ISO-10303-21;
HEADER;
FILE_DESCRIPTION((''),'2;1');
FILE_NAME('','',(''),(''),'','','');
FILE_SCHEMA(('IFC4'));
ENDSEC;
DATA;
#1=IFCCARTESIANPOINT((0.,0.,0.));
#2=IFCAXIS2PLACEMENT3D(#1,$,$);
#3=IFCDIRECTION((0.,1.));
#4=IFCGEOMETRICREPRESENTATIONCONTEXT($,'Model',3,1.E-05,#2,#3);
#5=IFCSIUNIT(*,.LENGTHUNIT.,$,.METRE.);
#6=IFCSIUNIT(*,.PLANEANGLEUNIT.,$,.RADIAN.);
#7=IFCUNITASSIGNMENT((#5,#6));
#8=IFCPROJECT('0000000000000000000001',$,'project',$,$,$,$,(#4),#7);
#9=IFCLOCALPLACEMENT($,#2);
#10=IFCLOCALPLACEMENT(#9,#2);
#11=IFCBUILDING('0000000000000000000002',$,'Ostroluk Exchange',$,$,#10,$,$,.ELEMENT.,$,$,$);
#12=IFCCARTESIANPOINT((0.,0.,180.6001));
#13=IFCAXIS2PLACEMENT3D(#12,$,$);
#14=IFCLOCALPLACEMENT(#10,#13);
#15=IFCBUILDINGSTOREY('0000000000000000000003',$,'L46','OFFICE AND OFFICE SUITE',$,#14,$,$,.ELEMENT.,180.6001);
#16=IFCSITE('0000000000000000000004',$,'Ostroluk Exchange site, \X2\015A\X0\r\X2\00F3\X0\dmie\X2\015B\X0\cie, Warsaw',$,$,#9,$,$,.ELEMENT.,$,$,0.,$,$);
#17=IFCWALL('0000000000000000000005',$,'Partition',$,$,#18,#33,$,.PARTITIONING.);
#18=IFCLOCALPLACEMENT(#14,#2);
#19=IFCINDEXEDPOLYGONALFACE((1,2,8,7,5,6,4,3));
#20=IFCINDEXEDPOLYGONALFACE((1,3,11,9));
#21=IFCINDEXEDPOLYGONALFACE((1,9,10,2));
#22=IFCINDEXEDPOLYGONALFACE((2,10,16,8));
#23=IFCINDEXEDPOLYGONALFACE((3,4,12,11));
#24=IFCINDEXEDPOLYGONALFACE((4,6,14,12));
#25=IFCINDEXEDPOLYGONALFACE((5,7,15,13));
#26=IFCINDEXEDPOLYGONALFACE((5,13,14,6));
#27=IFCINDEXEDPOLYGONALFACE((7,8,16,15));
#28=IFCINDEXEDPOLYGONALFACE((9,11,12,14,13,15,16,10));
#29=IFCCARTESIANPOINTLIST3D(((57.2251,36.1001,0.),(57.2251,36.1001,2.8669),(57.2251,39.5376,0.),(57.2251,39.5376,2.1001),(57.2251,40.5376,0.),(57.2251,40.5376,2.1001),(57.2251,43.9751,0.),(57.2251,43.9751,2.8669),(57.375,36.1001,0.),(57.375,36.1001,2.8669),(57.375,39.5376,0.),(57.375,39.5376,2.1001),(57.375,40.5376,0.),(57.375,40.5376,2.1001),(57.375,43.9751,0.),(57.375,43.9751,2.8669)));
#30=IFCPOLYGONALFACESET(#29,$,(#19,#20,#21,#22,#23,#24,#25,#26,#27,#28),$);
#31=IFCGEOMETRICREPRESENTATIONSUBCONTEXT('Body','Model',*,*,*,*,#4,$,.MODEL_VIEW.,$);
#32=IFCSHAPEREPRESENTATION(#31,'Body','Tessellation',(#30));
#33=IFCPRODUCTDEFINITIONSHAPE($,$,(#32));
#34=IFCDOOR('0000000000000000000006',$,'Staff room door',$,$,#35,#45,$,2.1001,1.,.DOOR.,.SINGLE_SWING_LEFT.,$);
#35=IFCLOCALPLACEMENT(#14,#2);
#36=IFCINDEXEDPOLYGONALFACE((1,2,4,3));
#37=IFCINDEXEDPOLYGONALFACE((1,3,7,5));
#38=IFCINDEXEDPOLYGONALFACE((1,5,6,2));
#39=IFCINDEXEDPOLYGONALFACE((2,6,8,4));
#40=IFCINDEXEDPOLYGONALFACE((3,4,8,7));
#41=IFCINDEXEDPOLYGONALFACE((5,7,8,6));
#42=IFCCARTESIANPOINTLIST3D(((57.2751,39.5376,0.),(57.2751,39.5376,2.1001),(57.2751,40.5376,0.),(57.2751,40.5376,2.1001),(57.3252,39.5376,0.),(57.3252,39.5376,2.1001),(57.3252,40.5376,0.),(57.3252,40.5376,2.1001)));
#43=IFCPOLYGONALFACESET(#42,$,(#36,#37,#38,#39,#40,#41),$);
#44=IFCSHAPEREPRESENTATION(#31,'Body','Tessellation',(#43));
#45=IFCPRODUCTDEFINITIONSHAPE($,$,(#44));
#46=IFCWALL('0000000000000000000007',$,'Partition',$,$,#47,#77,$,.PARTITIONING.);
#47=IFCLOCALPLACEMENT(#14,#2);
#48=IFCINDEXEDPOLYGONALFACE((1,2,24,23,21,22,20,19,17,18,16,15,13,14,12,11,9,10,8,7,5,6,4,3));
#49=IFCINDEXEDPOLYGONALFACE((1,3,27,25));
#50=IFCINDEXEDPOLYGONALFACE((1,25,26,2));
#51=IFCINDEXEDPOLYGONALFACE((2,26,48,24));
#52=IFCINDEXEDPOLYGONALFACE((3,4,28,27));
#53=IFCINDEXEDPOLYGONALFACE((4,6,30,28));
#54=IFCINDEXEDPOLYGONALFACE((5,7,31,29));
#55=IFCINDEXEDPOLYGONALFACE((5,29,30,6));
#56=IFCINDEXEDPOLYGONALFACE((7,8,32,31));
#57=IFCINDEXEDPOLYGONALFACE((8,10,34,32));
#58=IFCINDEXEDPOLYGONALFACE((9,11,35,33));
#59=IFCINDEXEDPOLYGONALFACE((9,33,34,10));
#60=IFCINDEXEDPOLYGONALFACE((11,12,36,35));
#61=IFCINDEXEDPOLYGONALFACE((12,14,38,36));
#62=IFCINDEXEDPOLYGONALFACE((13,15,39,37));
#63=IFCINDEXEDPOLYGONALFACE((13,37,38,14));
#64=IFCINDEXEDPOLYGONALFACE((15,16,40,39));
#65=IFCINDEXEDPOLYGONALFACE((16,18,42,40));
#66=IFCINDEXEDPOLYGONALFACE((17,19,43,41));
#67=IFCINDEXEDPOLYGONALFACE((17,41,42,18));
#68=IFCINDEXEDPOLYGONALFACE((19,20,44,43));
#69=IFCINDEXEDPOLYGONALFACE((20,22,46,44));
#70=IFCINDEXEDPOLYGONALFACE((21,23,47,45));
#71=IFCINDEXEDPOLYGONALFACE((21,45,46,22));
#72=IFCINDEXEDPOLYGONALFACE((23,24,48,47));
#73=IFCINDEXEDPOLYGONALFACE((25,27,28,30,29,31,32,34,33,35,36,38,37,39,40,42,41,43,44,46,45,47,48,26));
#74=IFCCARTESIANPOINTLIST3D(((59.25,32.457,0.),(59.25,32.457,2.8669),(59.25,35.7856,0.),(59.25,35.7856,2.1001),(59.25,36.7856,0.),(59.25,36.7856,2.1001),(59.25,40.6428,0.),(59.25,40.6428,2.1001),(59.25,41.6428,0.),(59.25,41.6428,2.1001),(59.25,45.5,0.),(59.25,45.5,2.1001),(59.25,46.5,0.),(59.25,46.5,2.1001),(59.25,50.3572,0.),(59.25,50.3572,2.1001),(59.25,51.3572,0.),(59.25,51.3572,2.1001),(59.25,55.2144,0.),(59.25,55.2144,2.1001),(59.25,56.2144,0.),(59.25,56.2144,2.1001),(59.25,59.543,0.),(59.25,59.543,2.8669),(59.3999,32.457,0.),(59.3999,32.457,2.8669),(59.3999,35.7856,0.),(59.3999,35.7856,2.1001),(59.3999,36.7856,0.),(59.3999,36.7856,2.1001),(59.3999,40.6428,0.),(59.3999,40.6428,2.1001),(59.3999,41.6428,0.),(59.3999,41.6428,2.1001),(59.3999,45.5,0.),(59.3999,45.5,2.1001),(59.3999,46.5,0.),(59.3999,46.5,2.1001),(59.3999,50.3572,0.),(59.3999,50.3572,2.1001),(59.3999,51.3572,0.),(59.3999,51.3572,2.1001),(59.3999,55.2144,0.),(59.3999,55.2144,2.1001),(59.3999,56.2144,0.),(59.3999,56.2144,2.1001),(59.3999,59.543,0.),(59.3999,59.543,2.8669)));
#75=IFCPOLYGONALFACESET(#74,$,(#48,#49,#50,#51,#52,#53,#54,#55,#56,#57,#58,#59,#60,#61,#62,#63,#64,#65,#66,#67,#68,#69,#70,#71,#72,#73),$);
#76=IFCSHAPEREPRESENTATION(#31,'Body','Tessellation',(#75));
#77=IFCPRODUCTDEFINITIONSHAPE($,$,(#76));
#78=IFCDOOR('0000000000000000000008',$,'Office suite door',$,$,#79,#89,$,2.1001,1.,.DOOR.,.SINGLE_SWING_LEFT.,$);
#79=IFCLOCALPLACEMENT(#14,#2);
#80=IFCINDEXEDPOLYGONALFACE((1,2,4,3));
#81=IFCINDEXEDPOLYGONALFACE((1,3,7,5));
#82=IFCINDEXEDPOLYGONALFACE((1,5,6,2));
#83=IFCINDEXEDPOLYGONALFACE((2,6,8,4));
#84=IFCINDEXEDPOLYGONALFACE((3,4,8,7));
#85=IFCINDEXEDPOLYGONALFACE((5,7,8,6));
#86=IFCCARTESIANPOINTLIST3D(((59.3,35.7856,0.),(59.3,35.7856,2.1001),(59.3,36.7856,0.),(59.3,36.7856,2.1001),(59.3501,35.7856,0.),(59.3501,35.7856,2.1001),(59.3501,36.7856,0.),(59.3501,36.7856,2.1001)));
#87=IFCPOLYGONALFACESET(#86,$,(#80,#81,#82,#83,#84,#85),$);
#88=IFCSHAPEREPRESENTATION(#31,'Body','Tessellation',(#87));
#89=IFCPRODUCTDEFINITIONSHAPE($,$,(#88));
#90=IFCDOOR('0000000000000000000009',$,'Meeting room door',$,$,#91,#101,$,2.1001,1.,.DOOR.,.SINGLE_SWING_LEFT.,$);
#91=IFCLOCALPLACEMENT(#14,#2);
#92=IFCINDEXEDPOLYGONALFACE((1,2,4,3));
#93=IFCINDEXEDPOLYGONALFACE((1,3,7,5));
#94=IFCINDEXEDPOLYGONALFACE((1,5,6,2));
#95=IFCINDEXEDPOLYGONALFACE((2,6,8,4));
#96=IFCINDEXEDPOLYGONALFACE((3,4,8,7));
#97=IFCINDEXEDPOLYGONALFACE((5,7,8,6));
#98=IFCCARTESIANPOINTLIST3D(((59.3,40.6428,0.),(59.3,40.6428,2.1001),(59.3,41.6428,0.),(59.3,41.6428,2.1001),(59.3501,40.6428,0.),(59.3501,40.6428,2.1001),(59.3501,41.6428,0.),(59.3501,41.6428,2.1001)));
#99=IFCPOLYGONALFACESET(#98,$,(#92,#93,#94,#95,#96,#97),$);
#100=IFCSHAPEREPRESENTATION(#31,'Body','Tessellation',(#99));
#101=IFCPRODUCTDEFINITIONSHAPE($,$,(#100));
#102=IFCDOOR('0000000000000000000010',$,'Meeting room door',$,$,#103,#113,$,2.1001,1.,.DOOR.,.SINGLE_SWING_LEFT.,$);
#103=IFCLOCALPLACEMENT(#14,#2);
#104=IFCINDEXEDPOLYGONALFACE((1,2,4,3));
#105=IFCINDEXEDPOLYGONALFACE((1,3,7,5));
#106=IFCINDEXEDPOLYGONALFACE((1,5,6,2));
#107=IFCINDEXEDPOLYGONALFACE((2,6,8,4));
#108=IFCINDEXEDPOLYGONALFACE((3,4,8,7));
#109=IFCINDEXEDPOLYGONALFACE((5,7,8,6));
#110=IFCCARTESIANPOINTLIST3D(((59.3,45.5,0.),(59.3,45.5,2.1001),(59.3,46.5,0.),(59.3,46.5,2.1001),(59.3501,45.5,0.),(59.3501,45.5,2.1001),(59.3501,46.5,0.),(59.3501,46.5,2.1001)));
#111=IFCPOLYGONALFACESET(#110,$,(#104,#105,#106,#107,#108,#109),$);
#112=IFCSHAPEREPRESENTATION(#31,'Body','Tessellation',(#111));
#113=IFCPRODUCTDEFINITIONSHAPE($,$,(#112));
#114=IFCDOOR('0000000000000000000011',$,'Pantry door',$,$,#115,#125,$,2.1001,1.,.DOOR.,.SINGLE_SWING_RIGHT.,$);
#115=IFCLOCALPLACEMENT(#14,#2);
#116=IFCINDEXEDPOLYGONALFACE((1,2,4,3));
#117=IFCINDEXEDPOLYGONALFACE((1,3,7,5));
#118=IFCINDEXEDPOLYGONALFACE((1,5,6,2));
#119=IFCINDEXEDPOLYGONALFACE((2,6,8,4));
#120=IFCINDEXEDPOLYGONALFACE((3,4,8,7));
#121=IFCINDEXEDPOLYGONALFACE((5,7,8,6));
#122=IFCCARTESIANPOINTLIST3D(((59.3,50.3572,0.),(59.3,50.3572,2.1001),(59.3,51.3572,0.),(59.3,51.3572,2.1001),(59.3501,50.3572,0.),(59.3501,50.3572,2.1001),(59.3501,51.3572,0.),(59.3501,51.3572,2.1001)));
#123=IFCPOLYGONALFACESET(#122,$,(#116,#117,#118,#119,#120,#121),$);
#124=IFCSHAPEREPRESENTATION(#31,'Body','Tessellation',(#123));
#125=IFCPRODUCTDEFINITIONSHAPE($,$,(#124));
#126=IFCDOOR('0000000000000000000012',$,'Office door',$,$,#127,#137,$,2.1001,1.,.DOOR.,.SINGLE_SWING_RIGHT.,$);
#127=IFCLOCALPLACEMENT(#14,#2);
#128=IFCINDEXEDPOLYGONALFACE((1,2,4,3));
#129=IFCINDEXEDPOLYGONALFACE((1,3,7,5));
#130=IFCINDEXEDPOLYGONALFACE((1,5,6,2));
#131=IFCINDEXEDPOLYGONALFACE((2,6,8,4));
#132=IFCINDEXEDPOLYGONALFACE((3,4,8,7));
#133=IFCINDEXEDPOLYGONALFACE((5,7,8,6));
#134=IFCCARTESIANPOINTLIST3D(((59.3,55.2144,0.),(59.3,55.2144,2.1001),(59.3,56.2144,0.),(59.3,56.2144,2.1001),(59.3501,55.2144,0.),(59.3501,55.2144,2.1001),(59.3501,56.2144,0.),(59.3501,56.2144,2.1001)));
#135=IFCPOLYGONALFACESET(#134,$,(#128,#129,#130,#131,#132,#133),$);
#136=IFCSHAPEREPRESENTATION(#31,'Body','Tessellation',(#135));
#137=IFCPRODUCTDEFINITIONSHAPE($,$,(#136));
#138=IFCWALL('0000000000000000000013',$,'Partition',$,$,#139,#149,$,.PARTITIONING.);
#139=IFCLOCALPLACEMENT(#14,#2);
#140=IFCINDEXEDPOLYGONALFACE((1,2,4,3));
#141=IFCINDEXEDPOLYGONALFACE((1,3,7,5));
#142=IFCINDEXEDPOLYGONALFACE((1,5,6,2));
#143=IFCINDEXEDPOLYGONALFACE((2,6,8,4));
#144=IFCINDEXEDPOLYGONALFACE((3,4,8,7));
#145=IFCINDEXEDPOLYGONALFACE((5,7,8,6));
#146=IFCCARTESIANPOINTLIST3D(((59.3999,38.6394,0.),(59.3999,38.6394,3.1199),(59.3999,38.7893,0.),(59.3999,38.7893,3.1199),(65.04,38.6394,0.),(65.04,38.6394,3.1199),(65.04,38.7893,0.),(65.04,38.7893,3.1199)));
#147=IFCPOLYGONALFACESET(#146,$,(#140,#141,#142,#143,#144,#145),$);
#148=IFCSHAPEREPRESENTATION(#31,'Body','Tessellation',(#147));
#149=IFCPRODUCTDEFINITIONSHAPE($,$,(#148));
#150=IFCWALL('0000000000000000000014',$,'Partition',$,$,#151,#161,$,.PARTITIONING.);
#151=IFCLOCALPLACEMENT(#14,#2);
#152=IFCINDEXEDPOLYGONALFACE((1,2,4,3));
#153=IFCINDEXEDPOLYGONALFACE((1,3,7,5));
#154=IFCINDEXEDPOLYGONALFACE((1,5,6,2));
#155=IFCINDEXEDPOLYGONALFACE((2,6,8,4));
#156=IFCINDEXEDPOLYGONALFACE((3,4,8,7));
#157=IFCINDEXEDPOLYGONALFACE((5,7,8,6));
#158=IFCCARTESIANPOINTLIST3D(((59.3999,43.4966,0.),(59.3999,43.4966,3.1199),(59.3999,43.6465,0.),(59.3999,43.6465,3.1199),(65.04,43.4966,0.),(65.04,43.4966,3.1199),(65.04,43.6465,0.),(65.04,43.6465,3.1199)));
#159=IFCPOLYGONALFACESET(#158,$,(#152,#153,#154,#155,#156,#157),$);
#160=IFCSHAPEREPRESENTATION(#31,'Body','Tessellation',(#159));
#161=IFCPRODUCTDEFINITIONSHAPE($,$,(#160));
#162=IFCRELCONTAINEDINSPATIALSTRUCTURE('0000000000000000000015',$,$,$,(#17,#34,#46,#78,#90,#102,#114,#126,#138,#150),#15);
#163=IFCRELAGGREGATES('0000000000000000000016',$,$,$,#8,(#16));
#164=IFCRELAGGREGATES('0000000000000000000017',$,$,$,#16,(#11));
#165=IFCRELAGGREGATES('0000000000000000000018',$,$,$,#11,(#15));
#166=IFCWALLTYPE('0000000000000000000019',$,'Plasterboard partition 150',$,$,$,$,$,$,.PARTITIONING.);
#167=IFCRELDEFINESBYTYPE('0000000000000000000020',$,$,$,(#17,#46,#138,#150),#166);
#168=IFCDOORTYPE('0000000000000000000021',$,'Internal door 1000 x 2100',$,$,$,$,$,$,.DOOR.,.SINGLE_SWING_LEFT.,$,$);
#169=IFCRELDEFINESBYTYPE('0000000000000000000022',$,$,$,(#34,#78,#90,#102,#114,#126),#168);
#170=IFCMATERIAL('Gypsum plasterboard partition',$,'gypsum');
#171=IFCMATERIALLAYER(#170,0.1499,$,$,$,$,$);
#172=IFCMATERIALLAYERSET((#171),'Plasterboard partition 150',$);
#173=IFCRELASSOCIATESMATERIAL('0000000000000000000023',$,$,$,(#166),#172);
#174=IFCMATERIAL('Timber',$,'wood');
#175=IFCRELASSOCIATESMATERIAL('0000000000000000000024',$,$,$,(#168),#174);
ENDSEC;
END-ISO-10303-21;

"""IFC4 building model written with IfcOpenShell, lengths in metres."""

from ifc_helpers import new_model, si_unit, direction, frame, frame_2d, origin, place, context, subcontext, project, spatial, rectangle, extrude, material, layer, layer_set, type_object, element, fill, save


model = new_model("IFC4")

# Units and contexts
model_context = context("Model", 3, precision=1e-05, world=origin(), true_north=direction((0.0, 1.0)))
body_context = subcontext(model_context, "Body", "Model", "MODEL_VIEW")
ifc_project = project(units=[si_unit("LENGTHUNIT", "METRE"), si_unit("PLANEANGLEUNIT", "RADIAN")], contexts=[model_context])

# Site, building, storey
site_placement = place(None, origin())
site = spatial("IfcSite", under=ifc_project, at=site_placement, Name="Ostroluk Exchange site, Śródmieście, Warsaw", CompositionType="ELEMENT", RefElevation=0.0)
building_placement = place(site_placement, origin())
building = spatial("IfcBuilding", under=site, at=building_placement, Name="Ostroluk Exchange", CompositionType="ELEMENT")
storey_placement = place(building_placement, frame((0.0, 0.0, 180.6001)))
storey = spatial("IfcBuildingStorey", under=building, at=storey_placement, Name="L46", Description="OFFICE AND OFFICE SUITE", CompositionType="ELEMENT", Elevation=180.6001)

# Wall, opening, door
ifc_material_1 = material(Name="Gypsum plasterboard partition", Category="gypsum")
ifc_layer_1 = layer(ifc_material_1, 0.1499)
ifc_layer_set_1 = layer_set([ifc_layer_1], Name="Plasterboard partition 150")
wall_type = type_object("IfcWallType", Name="Plasterboard partition 150", PredefinedType="PARTITIONING", material=ifc_layer_set_1)
wall_1_placement = place(storey_placement, frame((57.3, 36.1001, 0.0), z_axis=(0.0, 0.0, 1.0), x_axis=(0.0, 1.0, 0.0)))
wall_1 = element("IfcWall", 1, at=wall_1_placement, inside=storey, type_object=wall_type, Name="Partition", PredefinedType="PARTITIONING", context=body_context, shape_type="SweptSolid", body=[
    extrude(rectangle(XDim=7.875, YDim=0.1499, at=frame_2d((3.9375, 0.0))), origin(), (0.0, 0.0, 1.0), 2.8669),
])
opening_1_placement = place(wall_1_placement, frame((3.4375, 0.0, 0.0)))
opening_1 = element("IfcOpeningElement", 2, at=opening_1_placement, cuts=wall_1, PredefinedType="OPENING", context=body_context, shape_type="SweptSolid", body=[
    extrude(rectangle(XDim=1.0, YDim=2.1001, at=frame_2d((0.5, 1.05))), frame((0.0, 0.085, 0.0), z_axis=(0.0, -1.0, 0.0), x_axis=(1.0, 0.0, 0.0)), (0.0, 0.0, 1.0), 0.1699),
])
ifc_material_2 = material(Name="Timber", Category="wood")
door_type = type_object("IfcDoorType", Name="Internal door 1000 x 2100", OperationType="SINGLE_SWING_LEFT", PredefinedType="DOOR", material=ifc_material_2)
door_1_placement = place(opening_1_placement, origin())
door_1 = element("IfcDoor", 3, at=door_1_placement, inside=storey, type_object=door_type, Name="Staff room door", OperationType="SINGLE_SWING_LEFT", OverallHeight=2.1001, OverallWidth=1.0, PredefinedType="DOOR", context=body_context, shape_type="SweptSolid", body=[
    extrude(rectangle(XDim=1.0, YDim=2.1001, at=frame_2d((0.5, 1.05))), frame((0.0, 0.0249, 0.0), z_axis=(0.0, -1.0, 0.0), x_axis=(1.0, 0.0, 0.0)), (0.0, 0.0, 1.0), 0.05),
])
fill(opening_1, door_1)

# Wall, openings, doors
wall_2_placement = place(storey_placement, frame((59.325, 32.457, 0.0), z_axis=(0.0, 0.0, 1.0), x_axis=(0.0, 1.0, 0.0)))
wall_2 = element("IfcWall", 4, at=wall_2_placement, inside=storey, type_object=wall_type, Name="Partition", PredefinedType="PARTITIONING", context=body_context, shape_type="SweptSolid", body=[
    extrude(rectangle(XDim=27.0859, YDim=0.1499, at=frame_2d((13.543, 0.0))), origin(), (0.0, 0.0, 1.0), 2.8669),
])
opening_2_placement = place(wall_2_placement, frame((3.3286, 0.0, 0.0)))
opening_2 = element("IfcOpeningElement", 5, at=opening_2_placement, cuts=wall_2, PredefinedType="OPENING", context=body_context, shape_type="SweptSolid", body=[
    extrude(rectangle(XDim=1.0, YDim=2.1001, at=frame_2d((0.5, 1.05))), frame((0.0, 0.085, 0.0), z_axis=(0.0, -1.0, 0.0), x_axis=(1.0, 0.0, 0.0)), (0.0, 0.0, 1.0), 0.1699),
])
opening_3_placement = place(wall_2_placement, frame((8.1858, 0.0, 0.0)))
opening_3 = element("IfcOpeningElement", 6, at=opening_3_placement, cuts=wall_2, PredefinedType="OPENING", context=body_context, shape_type="SweptSolid", body=[
    extrude(rectangle(XDim=1.0, YDim=2.1001, at=frame_2d((0.5, 1.05))), frame((0.0, 0.085, 0.0), z_axis=(0.0, -1.0, 0.0), x_axis=(1.0, 0.0, 0.0)), (0.0, 0.0, 1.0), 0.1699),
])
opening_4_placement = place(wall_2_placement, frame((13.043, 0.0, 0.0)))
opening_4 = element("IfcOpeningElement", 7, at=opening_4_placement, cuts=wall_2, PredefinedType="OPENING", context=body_context, shape_type="SweptSolid", body=[
    extrude(rectangle(XDim=1.0, YDim=2.1001, at=frame_2d((0.5, 1.05))), frame((0.0, 0.085, 0.0), z_axis=(0.0, -1.0, 0.0), x_axis=(1.0, 0.0, 0.0)), (0.0, 0.0, 1.0), 0.1699),
])
opening_5_placement = place(wall_2_placement, frame((17.9001, 0.0, 0.0)))
opening_5 = element("IfcOpeningElement", 8, at=opening_5_placement, cuts=wall_2, PredefinedType="OPENING", context=body_context, shape_type="SweptSolid", body=[
    extrude(rectangle(XDim=1.0, YDim=2.1001, at=frame_2d((0.5, 1.05))), frame((0.0, 0.085, 0.0), z_axis=(0.0, -1.0, 0.0), x_axis=(1.0, 0.0, 0.0)), (0.0, 0.0, 1.0), 0.1699),
])
opening_6_placement = place(wall_2_placement, frame((22.7573, 0.0, 0.0)))
opening_6 = element("IfcOpeningElement", 9, at=opening_6_placement, cuts=wall_2, PredefinedType="OPENING", context=body_context, shape_type="SweptSolid", body=[
    extrude(rectangle(XDim=1.0, YDim=2.1001, at=frame_2d((0.5, 1.05))), frame((0.0, 0.085, 0.0), z_axis=(0.0, -1.0, 0.0), x_axis=(1.0, 0.0, 0.0)), (0.0, 0.0, 1.0), 0.1699),
])
door_2_placement = place(opening_2_placement, origin())
door_2 = element("IfcDoor", 10, at=door_2_placement, inside=storey, type_object=door_type, Name="Office suite door", OperationType="SINGLE_SWING_LEFT", OverallHeight=2.1001, OverallWidth=1.0, PredefinedType="DOOR", context=body_context, shape_type="SweptSolid", body=[
    extrude(rectangle(XDim=1.0, YDim=2.1001, at=frame_2d((0.5, 1.05))), frame((0.0, 0.0249, 0.0), z_axis=(0.0, -1.0, 0.0), x_axis=(1.0, 0.0, 0.0)), (0.0, 0.0, 1.0), 0.05),
])
fill(opening_2, door_2)
door_3_placement = place(opening_3_placement, origin())
door_3 = element("IfcDoor", 11, at=door_3_placement, inside=storey, type_object=door_type, Name="Meeting room door", OperationType="SINGLE_SWING_LEFT", OverallHeight=2.1001, OverallWidth=1.0, PredefinedType="DOOR", context=body_context, shape_type="SweptSolid", body=[
    extrude(rectangle(XDim=1.0, YDim=2.1001, at=frame_2d((0.5, 1.05))), frame((0.0, 0.0249, 0.0), z_axis=(0.0, -1.0, 0.0), x_axis=(1.0, 0.0, 0.0)), (0.0, 0.0, 1.0), 0.05),
])
fill(opening_3, door_3)
door_4_placement = place(opening_4_placement, origin())
door_4 = element("IfcDoor", 12, at=door_4_placement, inside=storey, type_object=door_type, Name="Meeting room door", OperationType="SINGLE_SWING_LEFT", OverallHeight=2.1001, OverallWidth=1.0, PredefinedType="DOOR", context=body_context, shape_type="SweptSolid", body=[
    extrude(rectangle(XDim=1.0, YDim=2.1001, at=frame_2d((0.5, 1.05))), frame((0.0, 0.0249, 0.0), z_axis=(0.0, -1.0, 0.0), x_axis=(1.0, 0.0, 0.0)), (0.0, 0.0, 1.0), 0.05),
])
fill(opening_4, door_4)
door_5_placement = place(opening_5_placement, origin())
door_5 = element("IfcDoor", 13, at=door_5_placement, inside=storey, type_object=door_type, Name="Pantry door", OperationType="SINGLE_SWING_RIGHT", OverallHeight=2.1001, OverallWidth=1.0, PredefinedType="DOOR", context=body_context, shape_type="SweptSolid", body=[
    extrude(rectangle(XDim=1.0, YDim=2.1001, at=frame_2d((0.5, 1.05))), frame((0.0, 0.0249, 0.0), z_axis=(0.0, -1.0, 0.0), x_axis=(1.0, 0.0, 0.0)), (0.0, 0.0, 1.0), 0.05),
])
fill(opening_5, door_5)
door_6_placement = place(opening_6_placement, origin())
door_6 = element("IfcDoor", 14, at=door_6_placement, inside=storey, type_object=door_type, Name="Office door", OperationType="SINGLE_SWING_RIGHT", OverallHeight=2.1001, OverallWidth=1.0, PredefinedType="DOOR", context=body_context, shape_type="SweptSolid", body=[
    extrude(rectangle(XDim=1.0, YDim=2.1001, at=frame_2d((0.5, 1.05))), frame((0.0, 0.0249, 0.0), z_axis=(0.0, -1.0, 0.0), x_axis=(1.0, 0.0, 0.0)), (0.0, 0.0, 1.0), 0.05),
])
fill(opening_6, door_6)

# Walls
for number, where, z_axis, x_axis, name in (
    (15, (59.3999, 38.7144, 0.0), (0.0, 0.0, 1.0), (1.0, 0.0, 0.0), "Partition"),
    (16, (59.3999, 43.5715, 0.0), (0.0, 0.0, 1.0), (1.0, 0.0, 0.0), "Partition"),
):
    element("IfcWall", number, at=place(storey_placement, frame(where, z_axis=z_axis, x_axis=x_axis)), inside=storey, type_object=wall_type, Name=name, PredefinedType="PARTITIONING", context=body_context, shape_type="SweptSolid", body=[
        extrude(rectangle(XDim=5.6401, YDim=0.1499, at=frame_2d((2.8201, 0.0))), origin(), (0.0, 0.0, 1.0), 3.1199),
    ])

save(model, "model.ifc")
